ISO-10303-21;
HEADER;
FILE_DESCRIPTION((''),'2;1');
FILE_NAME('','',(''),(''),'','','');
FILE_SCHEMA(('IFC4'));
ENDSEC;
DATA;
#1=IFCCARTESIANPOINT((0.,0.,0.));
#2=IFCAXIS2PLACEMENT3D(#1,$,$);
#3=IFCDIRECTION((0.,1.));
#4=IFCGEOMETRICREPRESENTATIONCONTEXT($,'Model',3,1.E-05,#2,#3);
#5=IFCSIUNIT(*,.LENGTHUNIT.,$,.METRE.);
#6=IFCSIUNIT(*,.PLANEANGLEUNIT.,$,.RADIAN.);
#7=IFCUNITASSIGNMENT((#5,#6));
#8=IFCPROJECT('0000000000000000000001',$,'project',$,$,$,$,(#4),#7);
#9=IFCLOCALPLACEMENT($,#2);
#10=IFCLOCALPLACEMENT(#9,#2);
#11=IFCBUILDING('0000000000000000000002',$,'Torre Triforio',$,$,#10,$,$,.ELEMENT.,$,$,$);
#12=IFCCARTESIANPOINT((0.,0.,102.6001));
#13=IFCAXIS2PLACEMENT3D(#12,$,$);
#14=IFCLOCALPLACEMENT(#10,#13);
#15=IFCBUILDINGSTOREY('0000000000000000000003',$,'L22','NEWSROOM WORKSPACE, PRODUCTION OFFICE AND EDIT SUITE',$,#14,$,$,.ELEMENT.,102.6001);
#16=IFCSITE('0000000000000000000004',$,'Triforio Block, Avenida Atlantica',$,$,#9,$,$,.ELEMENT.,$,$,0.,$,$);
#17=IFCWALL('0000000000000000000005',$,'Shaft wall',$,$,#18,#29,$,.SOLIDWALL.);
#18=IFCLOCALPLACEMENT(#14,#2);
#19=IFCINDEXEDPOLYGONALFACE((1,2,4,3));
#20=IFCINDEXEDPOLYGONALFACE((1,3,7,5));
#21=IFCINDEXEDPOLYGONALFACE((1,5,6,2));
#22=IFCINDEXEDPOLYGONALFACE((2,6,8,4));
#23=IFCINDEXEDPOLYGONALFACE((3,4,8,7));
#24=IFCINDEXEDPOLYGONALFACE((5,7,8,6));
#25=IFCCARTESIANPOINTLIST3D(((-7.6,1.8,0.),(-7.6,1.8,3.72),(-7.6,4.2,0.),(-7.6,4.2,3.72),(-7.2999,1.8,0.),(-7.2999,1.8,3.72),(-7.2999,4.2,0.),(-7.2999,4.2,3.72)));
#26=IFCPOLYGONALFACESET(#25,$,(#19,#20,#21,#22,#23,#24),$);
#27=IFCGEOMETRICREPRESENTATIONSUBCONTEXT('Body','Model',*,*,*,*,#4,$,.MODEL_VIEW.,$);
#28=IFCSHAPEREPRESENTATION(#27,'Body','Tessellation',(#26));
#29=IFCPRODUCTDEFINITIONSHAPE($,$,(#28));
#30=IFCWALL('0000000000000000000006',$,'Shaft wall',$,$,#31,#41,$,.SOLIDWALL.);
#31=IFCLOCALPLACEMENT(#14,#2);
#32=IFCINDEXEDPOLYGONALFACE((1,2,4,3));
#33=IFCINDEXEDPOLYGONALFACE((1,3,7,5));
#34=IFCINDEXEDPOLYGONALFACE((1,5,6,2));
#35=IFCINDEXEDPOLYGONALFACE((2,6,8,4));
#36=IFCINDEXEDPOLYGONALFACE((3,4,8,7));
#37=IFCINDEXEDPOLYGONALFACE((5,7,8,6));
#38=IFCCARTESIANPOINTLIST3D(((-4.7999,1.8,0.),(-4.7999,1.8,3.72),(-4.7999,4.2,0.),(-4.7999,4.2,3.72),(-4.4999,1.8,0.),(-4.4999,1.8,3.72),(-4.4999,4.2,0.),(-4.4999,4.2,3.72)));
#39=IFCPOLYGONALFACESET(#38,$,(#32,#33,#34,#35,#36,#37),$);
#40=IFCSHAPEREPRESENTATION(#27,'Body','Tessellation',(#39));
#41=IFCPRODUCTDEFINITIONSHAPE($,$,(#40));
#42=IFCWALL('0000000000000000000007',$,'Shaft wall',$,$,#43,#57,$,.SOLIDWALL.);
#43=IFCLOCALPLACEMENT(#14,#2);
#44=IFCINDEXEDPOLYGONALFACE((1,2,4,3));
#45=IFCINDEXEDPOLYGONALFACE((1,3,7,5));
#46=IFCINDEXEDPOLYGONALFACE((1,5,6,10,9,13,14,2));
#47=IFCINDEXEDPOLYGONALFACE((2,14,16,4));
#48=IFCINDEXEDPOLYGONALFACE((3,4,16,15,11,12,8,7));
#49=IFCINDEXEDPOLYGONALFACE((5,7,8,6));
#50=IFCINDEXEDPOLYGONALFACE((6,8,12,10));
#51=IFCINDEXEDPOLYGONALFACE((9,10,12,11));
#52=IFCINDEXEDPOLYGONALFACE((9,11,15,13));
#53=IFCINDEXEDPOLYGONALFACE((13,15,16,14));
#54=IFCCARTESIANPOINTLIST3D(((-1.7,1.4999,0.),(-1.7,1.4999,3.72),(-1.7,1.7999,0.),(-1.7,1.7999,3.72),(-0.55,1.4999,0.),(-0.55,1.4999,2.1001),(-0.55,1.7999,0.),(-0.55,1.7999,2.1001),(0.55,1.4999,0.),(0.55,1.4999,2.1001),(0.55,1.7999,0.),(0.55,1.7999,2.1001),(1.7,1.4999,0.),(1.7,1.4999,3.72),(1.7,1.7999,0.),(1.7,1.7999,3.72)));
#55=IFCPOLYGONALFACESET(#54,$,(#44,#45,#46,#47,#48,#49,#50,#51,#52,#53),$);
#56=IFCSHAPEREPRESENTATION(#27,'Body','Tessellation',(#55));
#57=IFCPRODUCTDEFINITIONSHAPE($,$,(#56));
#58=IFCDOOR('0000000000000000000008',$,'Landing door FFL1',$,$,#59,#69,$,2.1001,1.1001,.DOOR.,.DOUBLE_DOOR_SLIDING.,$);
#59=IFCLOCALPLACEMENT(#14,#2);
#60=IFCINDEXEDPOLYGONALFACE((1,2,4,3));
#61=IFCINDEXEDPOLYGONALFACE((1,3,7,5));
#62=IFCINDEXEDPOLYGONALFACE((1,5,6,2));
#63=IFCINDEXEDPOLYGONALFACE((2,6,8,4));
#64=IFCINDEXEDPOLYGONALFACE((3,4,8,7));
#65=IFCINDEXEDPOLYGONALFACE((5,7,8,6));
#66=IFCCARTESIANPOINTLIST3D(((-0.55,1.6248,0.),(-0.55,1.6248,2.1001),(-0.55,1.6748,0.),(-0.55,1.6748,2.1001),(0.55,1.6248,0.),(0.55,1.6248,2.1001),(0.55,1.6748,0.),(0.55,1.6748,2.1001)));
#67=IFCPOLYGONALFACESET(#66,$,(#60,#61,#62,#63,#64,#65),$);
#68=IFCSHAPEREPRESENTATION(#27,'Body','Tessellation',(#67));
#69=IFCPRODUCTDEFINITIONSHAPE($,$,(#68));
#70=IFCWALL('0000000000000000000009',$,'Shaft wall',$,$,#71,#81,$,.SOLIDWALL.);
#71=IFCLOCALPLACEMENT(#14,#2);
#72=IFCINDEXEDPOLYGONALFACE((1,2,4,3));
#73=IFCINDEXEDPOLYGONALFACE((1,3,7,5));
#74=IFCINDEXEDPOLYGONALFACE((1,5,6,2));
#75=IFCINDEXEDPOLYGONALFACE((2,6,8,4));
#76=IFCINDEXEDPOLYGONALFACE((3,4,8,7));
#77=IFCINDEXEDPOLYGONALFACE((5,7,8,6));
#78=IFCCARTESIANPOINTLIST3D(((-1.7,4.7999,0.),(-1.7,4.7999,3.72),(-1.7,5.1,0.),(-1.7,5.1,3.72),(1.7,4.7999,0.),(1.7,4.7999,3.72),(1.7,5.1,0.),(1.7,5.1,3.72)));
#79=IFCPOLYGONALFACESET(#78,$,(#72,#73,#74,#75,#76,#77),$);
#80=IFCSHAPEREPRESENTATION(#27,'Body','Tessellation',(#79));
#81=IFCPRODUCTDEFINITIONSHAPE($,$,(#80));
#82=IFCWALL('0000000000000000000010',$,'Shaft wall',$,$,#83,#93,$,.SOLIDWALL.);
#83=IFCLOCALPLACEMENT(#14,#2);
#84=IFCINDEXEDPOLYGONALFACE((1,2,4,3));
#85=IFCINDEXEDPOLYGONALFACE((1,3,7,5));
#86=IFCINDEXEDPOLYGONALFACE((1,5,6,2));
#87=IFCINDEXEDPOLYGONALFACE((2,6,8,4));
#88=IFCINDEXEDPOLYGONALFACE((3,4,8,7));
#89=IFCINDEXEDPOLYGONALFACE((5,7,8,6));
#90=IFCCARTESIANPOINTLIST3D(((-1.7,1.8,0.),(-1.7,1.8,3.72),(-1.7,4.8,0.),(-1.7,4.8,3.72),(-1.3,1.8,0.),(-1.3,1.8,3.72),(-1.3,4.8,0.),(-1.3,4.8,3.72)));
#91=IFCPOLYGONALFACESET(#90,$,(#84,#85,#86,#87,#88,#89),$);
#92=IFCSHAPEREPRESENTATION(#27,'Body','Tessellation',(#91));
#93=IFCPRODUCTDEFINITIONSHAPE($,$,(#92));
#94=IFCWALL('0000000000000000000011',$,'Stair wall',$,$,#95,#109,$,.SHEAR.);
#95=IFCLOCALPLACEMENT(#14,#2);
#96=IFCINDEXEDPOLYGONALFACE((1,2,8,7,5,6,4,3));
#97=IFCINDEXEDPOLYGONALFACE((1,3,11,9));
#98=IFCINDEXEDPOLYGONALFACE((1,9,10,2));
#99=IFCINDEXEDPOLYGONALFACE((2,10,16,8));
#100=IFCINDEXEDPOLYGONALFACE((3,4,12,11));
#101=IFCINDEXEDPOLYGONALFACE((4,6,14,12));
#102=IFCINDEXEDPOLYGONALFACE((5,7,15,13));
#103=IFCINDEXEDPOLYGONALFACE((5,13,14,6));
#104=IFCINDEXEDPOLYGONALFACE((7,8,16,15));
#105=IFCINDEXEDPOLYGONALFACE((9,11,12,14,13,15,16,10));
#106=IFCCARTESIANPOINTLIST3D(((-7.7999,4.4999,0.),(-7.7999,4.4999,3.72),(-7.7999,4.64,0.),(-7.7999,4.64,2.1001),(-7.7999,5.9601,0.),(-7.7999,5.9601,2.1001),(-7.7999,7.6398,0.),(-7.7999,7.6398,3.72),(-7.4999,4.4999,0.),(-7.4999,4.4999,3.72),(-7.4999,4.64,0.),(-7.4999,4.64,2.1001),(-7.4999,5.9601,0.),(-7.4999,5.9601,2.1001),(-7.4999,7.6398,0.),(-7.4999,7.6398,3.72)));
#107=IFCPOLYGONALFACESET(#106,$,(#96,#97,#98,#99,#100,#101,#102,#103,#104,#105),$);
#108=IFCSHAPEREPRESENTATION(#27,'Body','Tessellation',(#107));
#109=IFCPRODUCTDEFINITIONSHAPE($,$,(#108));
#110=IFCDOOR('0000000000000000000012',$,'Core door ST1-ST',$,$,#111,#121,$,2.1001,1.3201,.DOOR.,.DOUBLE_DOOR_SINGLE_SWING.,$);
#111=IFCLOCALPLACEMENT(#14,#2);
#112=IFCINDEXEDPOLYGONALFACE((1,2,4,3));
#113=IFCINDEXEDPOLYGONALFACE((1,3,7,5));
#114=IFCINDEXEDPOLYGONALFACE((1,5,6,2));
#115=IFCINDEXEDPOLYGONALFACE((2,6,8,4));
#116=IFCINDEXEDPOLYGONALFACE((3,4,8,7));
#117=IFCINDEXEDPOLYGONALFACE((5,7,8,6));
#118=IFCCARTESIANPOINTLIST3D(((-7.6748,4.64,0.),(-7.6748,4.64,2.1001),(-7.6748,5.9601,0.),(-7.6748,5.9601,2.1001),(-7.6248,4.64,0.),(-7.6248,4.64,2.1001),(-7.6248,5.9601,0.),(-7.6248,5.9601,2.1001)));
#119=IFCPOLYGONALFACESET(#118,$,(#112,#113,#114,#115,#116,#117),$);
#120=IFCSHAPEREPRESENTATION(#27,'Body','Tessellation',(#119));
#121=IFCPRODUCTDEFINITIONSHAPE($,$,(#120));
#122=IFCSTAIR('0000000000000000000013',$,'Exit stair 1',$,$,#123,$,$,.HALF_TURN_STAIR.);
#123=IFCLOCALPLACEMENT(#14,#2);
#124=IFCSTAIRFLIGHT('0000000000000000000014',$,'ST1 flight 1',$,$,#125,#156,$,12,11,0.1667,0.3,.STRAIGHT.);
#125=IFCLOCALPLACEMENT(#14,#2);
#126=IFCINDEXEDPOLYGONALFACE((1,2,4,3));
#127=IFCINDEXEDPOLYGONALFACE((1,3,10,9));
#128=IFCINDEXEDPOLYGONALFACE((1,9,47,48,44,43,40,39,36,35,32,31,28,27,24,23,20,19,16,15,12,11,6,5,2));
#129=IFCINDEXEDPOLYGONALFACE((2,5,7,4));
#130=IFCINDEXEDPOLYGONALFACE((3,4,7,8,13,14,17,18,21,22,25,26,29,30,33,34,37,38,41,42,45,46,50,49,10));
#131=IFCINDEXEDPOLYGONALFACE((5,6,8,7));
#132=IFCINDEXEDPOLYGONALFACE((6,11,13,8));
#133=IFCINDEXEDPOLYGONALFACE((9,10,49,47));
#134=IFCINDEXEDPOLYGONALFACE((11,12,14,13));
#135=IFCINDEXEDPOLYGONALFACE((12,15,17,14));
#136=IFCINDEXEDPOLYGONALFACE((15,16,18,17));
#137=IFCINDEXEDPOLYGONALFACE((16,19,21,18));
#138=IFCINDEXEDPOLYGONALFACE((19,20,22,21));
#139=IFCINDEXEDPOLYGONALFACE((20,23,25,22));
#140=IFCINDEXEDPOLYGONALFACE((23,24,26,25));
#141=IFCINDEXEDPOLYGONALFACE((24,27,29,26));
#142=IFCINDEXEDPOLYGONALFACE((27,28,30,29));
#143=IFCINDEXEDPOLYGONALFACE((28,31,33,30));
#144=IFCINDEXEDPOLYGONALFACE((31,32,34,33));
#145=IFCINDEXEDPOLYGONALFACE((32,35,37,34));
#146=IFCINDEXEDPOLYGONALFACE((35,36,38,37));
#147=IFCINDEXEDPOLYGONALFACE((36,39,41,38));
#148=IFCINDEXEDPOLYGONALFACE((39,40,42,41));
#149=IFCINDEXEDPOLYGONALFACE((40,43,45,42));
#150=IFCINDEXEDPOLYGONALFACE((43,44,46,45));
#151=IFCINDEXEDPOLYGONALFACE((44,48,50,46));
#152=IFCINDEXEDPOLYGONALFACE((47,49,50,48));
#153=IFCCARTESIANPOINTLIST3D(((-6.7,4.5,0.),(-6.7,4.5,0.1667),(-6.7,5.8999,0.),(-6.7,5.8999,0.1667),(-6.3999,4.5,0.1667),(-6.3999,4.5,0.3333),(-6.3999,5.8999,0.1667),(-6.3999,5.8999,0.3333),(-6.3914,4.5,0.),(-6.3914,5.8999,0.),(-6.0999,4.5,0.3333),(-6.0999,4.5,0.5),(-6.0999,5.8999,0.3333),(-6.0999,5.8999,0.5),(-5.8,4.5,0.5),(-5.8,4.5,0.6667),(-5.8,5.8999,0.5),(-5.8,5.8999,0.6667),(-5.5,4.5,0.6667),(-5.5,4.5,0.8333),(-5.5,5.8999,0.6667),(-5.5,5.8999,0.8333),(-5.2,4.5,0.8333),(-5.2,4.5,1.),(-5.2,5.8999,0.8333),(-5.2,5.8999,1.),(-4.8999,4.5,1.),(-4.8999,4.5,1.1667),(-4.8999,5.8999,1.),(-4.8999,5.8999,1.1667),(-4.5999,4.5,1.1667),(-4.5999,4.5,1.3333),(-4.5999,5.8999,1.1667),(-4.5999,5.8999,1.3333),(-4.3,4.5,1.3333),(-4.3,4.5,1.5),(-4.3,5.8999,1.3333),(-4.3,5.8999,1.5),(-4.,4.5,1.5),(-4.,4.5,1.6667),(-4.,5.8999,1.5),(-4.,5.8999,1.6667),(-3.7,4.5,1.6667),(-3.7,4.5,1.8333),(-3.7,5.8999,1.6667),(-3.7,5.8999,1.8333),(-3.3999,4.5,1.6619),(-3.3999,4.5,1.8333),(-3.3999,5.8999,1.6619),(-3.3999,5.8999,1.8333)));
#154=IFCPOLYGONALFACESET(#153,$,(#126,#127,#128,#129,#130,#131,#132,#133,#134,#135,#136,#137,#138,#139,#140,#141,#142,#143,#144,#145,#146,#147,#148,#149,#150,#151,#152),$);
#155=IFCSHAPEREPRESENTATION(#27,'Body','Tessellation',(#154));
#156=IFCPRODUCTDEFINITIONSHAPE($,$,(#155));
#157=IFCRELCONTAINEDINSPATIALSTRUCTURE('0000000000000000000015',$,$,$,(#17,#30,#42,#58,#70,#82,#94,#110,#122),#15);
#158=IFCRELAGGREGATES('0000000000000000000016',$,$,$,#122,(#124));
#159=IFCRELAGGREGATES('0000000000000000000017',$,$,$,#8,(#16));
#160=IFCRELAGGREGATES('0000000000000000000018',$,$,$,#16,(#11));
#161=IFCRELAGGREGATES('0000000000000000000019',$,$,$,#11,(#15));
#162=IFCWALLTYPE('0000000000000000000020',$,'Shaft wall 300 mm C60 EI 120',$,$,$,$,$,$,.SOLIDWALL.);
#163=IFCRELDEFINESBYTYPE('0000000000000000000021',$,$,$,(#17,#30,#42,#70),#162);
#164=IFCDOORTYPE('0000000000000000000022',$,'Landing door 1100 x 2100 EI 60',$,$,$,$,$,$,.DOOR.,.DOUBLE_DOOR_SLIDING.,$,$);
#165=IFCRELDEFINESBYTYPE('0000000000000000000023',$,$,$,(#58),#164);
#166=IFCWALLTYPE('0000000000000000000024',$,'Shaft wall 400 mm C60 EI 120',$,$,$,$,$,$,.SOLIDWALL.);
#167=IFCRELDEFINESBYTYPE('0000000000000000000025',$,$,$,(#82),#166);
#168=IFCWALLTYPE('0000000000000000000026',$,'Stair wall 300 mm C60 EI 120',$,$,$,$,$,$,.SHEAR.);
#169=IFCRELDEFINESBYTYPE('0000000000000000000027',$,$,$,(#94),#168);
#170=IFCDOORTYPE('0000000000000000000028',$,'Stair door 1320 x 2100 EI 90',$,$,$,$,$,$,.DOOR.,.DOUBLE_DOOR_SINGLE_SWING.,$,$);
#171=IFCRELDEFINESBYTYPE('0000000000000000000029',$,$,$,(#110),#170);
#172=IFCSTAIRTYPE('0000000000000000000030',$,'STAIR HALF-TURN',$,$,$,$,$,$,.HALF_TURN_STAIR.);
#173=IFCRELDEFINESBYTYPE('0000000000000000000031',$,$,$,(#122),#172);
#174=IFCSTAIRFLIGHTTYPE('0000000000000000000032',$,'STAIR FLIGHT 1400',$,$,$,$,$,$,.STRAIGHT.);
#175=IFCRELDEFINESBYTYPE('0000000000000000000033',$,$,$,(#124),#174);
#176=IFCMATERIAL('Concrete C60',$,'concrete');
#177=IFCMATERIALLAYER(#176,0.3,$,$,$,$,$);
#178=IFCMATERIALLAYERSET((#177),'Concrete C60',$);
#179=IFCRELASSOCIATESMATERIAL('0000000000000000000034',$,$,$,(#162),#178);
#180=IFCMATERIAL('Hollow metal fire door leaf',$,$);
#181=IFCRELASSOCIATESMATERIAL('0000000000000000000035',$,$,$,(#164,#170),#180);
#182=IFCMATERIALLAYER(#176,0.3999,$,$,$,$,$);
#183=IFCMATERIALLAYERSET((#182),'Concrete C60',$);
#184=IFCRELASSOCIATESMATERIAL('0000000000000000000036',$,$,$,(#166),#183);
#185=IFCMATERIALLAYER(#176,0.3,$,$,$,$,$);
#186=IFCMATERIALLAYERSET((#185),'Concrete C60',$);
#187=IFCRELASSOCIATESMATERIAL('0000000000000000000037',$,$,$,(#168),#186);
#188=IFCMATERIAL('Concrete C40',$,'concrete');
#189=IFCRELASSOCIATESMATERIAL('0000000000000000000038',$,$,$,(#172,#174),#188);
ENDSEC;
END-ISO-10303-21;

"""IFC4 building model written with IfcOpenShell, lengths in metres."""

from ifc_helpers import new_model, si_unit, direction, frame, frame_2d, origin, place, context, subcontext, project, spatial, polyline, rectangle, outline, extrude, material, layer, layer_set, type_object, element, fill, aggregate, save


model = new_model("IFC4")

# Units and contexts
model_context = context("Model", 3, precision=1e-05, world=origin(), true_north=direction((0.0, 1.0)))
body_context = subcontext(model_context, "Body", "Model", "MODEL_VIEW")
ifc_project = project(units=[si_unit("LENGTHUNIT", "METRE"), si_unit("PLANEANGLEUNIT", "RADIAN")], contexts=[model_context])

# Site, building, storey
site_placement = place(None, origin())
site = spatial("IfcSite", under=ifc_project, at=site_placement, Name="Triforio Block, Avenida Atlantica", CompositionType="ELEMENT", RefElevation=0.0)
building_placement = place(site_placement, origin())
building = spatial("IfcBuilding", under=site, at=building_placement, Name="Torre Triforio", CompositionType="ELEMENT")
storey_placement = place(building_placement, frame((0.0, 0.0, 102.6001)))
storey = spatial("IfcBuildingStorey", under=building, at=storey_placement, Name="L22", Description="NEWSROOM WORKSPACE, PRODUCTION OFFICE AND EDIT SUITE", CompositionType="ELEMENT", Elevation=102.6001)

# Walls
ifc_material_1 = material(Name="Concrete C60", Category="concrete")
ifc_layer_1 = layer(ifc_material_1, 0.3)
ifc_layer_set_1 = layer_set([ifc_layer_1], Name="Concrete C60")
wall_type_1 = type_object("IfcWallType", Name="Shaft wall 300 mm C60 EI 120", PredefinedType="SOLIDWALL", material=ifc_layer_set_1)
for number, where, z_axis, x_axis, name in (
    (1, (-7.45, 1.8, 0.0), (0.0, 0.0, 1.0), (0.0, 1.0, 0.0), "Shaft wall"),
    (2, (-4.6499, 1.8, 0.0), (0.0, 0.0, 1.0), (0.0, 1.0, 0.0), "Shaft wall"),
):
    element("IfcWall", number, at=place(storey_placement, frame(where, z_axis=z_axis, x_axis=x_axis)), inside=storey, type_object=wall_type_1, Name=name, PredefinedType="SOLIDWALL", context=body_context, shape_type="SweptSolid", body=[
        extrude(rectangle(XDim=2.3999, YDim=0.3, at=frame_2d((1.2, 0.0))), origin(), (0.0, 0.0, 1.0), 3.72),
    ])

# Wall, opening, door
wall_1_placement = place(storey_placement, frame((-1.7, 1.6499, 0.0), z_axis=(0.0, 0.0, 1.0), x_axis=(1.0, 0.0, 0.0)))
wall_1 = element("IfcWall", 3, at=wall_1_placement, inside=storey, type_object=wall_type_1, Name="Shaft wall", PredefinedType="SOLIDWALL", context=body_context, shape_type="SweptSolid", body=[
    extrude(rectangle(XDim=3.3999, YDim=0.3, at=frame_2d((1.7, 0.0))), origin(), (0.0, 0.0, 1.0), 3.72),
])
opening_1_placement = place(wall_1_placement, frame((1.1499, 0.0, 0.0)))
opening_1 = element("IfcOpeningElement", 4, at=opening_1_placement, cuts=wall_1, PredefinedType="OPENING", context=body_context, shape_type="SweptSolid", body=[
    extrude(rectangle(XDim=1.1001, YDim=2.1001, at=frame_2d((0.55, 1.05))), frame((0.0, 0.1599, 0.0), z_axis=(0.0, -1.0, 0.0), x_axis=(1.0, 0.0, 0.0)), (0.0, 0.0, 1.0), 0.3201),
])
ifc_material_2 = material(Name="Hollow metal fire door leaf")
door_type_1 = type_object("IfcDoorType", Name="Landing door 1100 x 2100 EI 60", OperationType="DOUBLE_DOOR_SLIDING", PredefinedType="DOOR", material=ifc_material_2)
door_1_placement = place(opening_1_placement, origin())
door_1 = element("IfcDoor", 5, at=door_1_placement, inside=storey, type_object=door_type_1, Name="Landing door FFL1", OperationType="DOUBLE_DOOR_SLIDING", OverallHeight=2.1001, OverallWidth=1.1001, PredefinedType="DOOR", context=body_context, shape_type="SweptSolid", body=[
    extrude(rectangle(XDim=1.1001, YDim=2.1001, at=frame_2d((0.55, 1.05))), frame((0.0, 0.0249, 0.0), z_axis=(0.0, -1.0, 0.0), x_axis=(1.0, 0.0, 0.0)), (0.0, 0.0, 1.0), 0.05),
])
fill(opening_1, door_1)

# Walls
wall_2_placement = place(storey_placement, frame((-1.7, 4.95, 0.0), z_axis=(0.0, 0.0, 1.0), x_axis=(1.0, 0.0, 0.0)))
element("IfcWall", 6, at=wall_2_placement, inside=storey, type_object=wall_type_1, Name="Shaft wall", PredefinedType="SOLIDWALL", context=body_context, shape_type="SweptSolid", body=[
    extrude(rectangle(XDim=3.3999, YDim=0.3, at=frame_2d((1.7, 0.0))), origin(), (0.0, 0.0, 1.0), 3.72),
])
ifc_layer_2 = layer(ifc_material_1, 0.3999)
ifc_layer_set_2 = layer_set([ifc_layer_2], Name="Concrete C60")
wall_type_2 = type_object("IfcWallType", Name="Shaft wall 400 mm C60 EI 120", PredefinedType="SOLIDWALL", material=ifc_layer_set_2)
wall_3_placement = place(storey_placement, frame((-1.5, 1.8, 0.0), z_axis=(0.0, 0.0, 1.0), x_axis=(0.0, 1.0, 0.0)))
element("IfcWall", 7, at=wall_3_placement, inside=storey, type_object=wall_type_2, Name="Shaft wall", PredefinedType="SOLIDWALL", context=body_context, shape_type="SweptSolid", body=[
    extrude(rectangle(XDim=3.0, YDim=0.3999, at=frame_2d((1.5, 0.0))), origin(), (0.0, 0.0, 1.0), 3.72),
])

# Wall, opening, door
ifc_layer_3 = layer(ifc_material_1, 0.3)
ifc_layer_set_3 = layer_set([ifc_layer_3], Name="Concrete C60")
wall_type_3 = type_object("IfcWallType", Name="Stair wall 300 mm C60 EI 120", PredefinedType="SHEAR", material=ifc_layer_set_3)
wall_4_placement = place(storey_placement, frame((-7.6499, 4.5, 0.0), z_axis=(0.0, 0.0, 1.0), x_axis=(0.0, 1.0, 0.0)))
wall_4 = element("IfcWall", 8, at=wall_4_placement, inside=storey, type_object=wall_type_3, Name="Stair wall", PredefinedType="SHEAR", context=body_context, shape_type="SweptSolid", body=[
    extrude(rectangle(XDim=3.1399, YDim=0.3, at=frame_2d((1.5698, 0.0))), origin(), (0.0, 0.0, 1.0), 3.72),
])
opening_2_placement = place(wall_4_placement, frame((0.1399, 0.0, 0.0)))
opening_2 = element("IfcOpeningElement", 9, at=opening_2_placement, cuts=wall_4, PredefinedType="OPENING", context=body_context, shape_type="SweptSolid", body=[
    extrude(rectangle(XDim=1.3201, YDim=2.1001, at=frame_2d((0.6602, 1.05))), frame((0.0, 0.1599, 0.0), z_axis=(0.0, -1.0, 0.0), x_axis=(1.0, 0.0, 0.0)), (0.0, 0.0, 1.0), 0.3201),
])
door_type_2 = type_object("IfcDoorType", Name="Stair door 1320 x 2100 EI 90", OperationType="DOUBLE_DOOR_SINGLE_SWING", PredefinedType="DOOR", material=ifc_material_2)
door_2_placement = place(opening_2_placement, origin())
door_2 = element("IfcDoor", 10, at=door_2_placement, inside=storey, type_object=door_type_2, Name="Core door ST1-ST", OperationType="DOUBLE_DOOR_SINGLE_SWING", OverallHeight=2.1001, OverallWidth=1.3201, PredefinedType="DOOR", context=body_context, shape_type="SweptSolid", body=[
    extrude(rectangle(XDim=1.3201, YDim=2.1001, at=frame_2d((0.6602, 1.05))), frame((0.0, 0.0249, 0.0), z_axis=(0.0, -1.0, 0.0), x_axis=(1.0, 0.0, 0.0)), (0.0, 0.0, 1.0), 0.05),
])
fill(opening_2, door_2)

# Stair, stair flight
ifc_material_3 = material(Name="Concrete C40", Category="concrete")
stair_type = type_object("IfcStairType", Name="STAIR HALF-TURN", PredefinedType="HALF_TURN_STAIR", material=ifc_material_3)
stair_placement = place(storey_placement, origin())
stair = element("IfcStair", 11, at=stair_placement, inside=storey, type_object=stair_type, Name="Exit stair 1", PredefinedType="HALF_TURN_STAIR")
stair_flight_type = type_object("IfcStairFlightType", Name="STAIR FLIGHT 1400", PredefinedType="STRAIGHT", material=ifc_material_3)
stair_flight_1_placement = place(storey_placement, frame((-6.7, 5.2, 0.0), z_axis=(0.0, 0.0, 1.0), x_axis=(1.0, 0.0, 0.0)))
stair_flight_1 = element("IfcStairFlight", 12, at=stair_flight_1_placement, type_object=stair_flight_type, Name="ST1 flight 1", NumberOfRisers=12, NumberOfTreads=11, PredefinedType="STRAIGHT", RiserHeight=0.1667, TreadLength=0.3, context=body_context, shape_type="SweptSolid", body=[
    extrude(outline(polyline([(0.0, 0.0), (0.0, 0.1667), (0.3, 0.1667), (0.3, 0.3333), (0.6001, 0.3333), (0.6001, 0.5), (0.8999, 0.5), (0.8999, 0.6667), (1.2, 0.6667), (1.2, 0.8333), (1.5, 0.8333), (1.5, 1.0), (1.8, 1.0), (1.8, 1.1667), (2.1001, 1.1667), (2.1001, 1.3333), (2.3999, 1.3333), (2.3999, 1.5), (2.7, 1.5), (2.7, 1.6667), (3.0, 1.6667), (3.0, 1.8333), (3.3, 1.8333), (3.3, 2.0), (3.3, 1.6619), (0.3086, 0.0), (0.0, 0.0)])), frame((0.0, 0.7, 0.0), z_axis=(0.0, -1.0, 0.0), x_axis=(1.0, 0.0, 0.0)), (0.0, 0.0, 1.0), 1.3999),
])
aggregate(stair, [stair_flight_1])

save(model, "model.ifc")
